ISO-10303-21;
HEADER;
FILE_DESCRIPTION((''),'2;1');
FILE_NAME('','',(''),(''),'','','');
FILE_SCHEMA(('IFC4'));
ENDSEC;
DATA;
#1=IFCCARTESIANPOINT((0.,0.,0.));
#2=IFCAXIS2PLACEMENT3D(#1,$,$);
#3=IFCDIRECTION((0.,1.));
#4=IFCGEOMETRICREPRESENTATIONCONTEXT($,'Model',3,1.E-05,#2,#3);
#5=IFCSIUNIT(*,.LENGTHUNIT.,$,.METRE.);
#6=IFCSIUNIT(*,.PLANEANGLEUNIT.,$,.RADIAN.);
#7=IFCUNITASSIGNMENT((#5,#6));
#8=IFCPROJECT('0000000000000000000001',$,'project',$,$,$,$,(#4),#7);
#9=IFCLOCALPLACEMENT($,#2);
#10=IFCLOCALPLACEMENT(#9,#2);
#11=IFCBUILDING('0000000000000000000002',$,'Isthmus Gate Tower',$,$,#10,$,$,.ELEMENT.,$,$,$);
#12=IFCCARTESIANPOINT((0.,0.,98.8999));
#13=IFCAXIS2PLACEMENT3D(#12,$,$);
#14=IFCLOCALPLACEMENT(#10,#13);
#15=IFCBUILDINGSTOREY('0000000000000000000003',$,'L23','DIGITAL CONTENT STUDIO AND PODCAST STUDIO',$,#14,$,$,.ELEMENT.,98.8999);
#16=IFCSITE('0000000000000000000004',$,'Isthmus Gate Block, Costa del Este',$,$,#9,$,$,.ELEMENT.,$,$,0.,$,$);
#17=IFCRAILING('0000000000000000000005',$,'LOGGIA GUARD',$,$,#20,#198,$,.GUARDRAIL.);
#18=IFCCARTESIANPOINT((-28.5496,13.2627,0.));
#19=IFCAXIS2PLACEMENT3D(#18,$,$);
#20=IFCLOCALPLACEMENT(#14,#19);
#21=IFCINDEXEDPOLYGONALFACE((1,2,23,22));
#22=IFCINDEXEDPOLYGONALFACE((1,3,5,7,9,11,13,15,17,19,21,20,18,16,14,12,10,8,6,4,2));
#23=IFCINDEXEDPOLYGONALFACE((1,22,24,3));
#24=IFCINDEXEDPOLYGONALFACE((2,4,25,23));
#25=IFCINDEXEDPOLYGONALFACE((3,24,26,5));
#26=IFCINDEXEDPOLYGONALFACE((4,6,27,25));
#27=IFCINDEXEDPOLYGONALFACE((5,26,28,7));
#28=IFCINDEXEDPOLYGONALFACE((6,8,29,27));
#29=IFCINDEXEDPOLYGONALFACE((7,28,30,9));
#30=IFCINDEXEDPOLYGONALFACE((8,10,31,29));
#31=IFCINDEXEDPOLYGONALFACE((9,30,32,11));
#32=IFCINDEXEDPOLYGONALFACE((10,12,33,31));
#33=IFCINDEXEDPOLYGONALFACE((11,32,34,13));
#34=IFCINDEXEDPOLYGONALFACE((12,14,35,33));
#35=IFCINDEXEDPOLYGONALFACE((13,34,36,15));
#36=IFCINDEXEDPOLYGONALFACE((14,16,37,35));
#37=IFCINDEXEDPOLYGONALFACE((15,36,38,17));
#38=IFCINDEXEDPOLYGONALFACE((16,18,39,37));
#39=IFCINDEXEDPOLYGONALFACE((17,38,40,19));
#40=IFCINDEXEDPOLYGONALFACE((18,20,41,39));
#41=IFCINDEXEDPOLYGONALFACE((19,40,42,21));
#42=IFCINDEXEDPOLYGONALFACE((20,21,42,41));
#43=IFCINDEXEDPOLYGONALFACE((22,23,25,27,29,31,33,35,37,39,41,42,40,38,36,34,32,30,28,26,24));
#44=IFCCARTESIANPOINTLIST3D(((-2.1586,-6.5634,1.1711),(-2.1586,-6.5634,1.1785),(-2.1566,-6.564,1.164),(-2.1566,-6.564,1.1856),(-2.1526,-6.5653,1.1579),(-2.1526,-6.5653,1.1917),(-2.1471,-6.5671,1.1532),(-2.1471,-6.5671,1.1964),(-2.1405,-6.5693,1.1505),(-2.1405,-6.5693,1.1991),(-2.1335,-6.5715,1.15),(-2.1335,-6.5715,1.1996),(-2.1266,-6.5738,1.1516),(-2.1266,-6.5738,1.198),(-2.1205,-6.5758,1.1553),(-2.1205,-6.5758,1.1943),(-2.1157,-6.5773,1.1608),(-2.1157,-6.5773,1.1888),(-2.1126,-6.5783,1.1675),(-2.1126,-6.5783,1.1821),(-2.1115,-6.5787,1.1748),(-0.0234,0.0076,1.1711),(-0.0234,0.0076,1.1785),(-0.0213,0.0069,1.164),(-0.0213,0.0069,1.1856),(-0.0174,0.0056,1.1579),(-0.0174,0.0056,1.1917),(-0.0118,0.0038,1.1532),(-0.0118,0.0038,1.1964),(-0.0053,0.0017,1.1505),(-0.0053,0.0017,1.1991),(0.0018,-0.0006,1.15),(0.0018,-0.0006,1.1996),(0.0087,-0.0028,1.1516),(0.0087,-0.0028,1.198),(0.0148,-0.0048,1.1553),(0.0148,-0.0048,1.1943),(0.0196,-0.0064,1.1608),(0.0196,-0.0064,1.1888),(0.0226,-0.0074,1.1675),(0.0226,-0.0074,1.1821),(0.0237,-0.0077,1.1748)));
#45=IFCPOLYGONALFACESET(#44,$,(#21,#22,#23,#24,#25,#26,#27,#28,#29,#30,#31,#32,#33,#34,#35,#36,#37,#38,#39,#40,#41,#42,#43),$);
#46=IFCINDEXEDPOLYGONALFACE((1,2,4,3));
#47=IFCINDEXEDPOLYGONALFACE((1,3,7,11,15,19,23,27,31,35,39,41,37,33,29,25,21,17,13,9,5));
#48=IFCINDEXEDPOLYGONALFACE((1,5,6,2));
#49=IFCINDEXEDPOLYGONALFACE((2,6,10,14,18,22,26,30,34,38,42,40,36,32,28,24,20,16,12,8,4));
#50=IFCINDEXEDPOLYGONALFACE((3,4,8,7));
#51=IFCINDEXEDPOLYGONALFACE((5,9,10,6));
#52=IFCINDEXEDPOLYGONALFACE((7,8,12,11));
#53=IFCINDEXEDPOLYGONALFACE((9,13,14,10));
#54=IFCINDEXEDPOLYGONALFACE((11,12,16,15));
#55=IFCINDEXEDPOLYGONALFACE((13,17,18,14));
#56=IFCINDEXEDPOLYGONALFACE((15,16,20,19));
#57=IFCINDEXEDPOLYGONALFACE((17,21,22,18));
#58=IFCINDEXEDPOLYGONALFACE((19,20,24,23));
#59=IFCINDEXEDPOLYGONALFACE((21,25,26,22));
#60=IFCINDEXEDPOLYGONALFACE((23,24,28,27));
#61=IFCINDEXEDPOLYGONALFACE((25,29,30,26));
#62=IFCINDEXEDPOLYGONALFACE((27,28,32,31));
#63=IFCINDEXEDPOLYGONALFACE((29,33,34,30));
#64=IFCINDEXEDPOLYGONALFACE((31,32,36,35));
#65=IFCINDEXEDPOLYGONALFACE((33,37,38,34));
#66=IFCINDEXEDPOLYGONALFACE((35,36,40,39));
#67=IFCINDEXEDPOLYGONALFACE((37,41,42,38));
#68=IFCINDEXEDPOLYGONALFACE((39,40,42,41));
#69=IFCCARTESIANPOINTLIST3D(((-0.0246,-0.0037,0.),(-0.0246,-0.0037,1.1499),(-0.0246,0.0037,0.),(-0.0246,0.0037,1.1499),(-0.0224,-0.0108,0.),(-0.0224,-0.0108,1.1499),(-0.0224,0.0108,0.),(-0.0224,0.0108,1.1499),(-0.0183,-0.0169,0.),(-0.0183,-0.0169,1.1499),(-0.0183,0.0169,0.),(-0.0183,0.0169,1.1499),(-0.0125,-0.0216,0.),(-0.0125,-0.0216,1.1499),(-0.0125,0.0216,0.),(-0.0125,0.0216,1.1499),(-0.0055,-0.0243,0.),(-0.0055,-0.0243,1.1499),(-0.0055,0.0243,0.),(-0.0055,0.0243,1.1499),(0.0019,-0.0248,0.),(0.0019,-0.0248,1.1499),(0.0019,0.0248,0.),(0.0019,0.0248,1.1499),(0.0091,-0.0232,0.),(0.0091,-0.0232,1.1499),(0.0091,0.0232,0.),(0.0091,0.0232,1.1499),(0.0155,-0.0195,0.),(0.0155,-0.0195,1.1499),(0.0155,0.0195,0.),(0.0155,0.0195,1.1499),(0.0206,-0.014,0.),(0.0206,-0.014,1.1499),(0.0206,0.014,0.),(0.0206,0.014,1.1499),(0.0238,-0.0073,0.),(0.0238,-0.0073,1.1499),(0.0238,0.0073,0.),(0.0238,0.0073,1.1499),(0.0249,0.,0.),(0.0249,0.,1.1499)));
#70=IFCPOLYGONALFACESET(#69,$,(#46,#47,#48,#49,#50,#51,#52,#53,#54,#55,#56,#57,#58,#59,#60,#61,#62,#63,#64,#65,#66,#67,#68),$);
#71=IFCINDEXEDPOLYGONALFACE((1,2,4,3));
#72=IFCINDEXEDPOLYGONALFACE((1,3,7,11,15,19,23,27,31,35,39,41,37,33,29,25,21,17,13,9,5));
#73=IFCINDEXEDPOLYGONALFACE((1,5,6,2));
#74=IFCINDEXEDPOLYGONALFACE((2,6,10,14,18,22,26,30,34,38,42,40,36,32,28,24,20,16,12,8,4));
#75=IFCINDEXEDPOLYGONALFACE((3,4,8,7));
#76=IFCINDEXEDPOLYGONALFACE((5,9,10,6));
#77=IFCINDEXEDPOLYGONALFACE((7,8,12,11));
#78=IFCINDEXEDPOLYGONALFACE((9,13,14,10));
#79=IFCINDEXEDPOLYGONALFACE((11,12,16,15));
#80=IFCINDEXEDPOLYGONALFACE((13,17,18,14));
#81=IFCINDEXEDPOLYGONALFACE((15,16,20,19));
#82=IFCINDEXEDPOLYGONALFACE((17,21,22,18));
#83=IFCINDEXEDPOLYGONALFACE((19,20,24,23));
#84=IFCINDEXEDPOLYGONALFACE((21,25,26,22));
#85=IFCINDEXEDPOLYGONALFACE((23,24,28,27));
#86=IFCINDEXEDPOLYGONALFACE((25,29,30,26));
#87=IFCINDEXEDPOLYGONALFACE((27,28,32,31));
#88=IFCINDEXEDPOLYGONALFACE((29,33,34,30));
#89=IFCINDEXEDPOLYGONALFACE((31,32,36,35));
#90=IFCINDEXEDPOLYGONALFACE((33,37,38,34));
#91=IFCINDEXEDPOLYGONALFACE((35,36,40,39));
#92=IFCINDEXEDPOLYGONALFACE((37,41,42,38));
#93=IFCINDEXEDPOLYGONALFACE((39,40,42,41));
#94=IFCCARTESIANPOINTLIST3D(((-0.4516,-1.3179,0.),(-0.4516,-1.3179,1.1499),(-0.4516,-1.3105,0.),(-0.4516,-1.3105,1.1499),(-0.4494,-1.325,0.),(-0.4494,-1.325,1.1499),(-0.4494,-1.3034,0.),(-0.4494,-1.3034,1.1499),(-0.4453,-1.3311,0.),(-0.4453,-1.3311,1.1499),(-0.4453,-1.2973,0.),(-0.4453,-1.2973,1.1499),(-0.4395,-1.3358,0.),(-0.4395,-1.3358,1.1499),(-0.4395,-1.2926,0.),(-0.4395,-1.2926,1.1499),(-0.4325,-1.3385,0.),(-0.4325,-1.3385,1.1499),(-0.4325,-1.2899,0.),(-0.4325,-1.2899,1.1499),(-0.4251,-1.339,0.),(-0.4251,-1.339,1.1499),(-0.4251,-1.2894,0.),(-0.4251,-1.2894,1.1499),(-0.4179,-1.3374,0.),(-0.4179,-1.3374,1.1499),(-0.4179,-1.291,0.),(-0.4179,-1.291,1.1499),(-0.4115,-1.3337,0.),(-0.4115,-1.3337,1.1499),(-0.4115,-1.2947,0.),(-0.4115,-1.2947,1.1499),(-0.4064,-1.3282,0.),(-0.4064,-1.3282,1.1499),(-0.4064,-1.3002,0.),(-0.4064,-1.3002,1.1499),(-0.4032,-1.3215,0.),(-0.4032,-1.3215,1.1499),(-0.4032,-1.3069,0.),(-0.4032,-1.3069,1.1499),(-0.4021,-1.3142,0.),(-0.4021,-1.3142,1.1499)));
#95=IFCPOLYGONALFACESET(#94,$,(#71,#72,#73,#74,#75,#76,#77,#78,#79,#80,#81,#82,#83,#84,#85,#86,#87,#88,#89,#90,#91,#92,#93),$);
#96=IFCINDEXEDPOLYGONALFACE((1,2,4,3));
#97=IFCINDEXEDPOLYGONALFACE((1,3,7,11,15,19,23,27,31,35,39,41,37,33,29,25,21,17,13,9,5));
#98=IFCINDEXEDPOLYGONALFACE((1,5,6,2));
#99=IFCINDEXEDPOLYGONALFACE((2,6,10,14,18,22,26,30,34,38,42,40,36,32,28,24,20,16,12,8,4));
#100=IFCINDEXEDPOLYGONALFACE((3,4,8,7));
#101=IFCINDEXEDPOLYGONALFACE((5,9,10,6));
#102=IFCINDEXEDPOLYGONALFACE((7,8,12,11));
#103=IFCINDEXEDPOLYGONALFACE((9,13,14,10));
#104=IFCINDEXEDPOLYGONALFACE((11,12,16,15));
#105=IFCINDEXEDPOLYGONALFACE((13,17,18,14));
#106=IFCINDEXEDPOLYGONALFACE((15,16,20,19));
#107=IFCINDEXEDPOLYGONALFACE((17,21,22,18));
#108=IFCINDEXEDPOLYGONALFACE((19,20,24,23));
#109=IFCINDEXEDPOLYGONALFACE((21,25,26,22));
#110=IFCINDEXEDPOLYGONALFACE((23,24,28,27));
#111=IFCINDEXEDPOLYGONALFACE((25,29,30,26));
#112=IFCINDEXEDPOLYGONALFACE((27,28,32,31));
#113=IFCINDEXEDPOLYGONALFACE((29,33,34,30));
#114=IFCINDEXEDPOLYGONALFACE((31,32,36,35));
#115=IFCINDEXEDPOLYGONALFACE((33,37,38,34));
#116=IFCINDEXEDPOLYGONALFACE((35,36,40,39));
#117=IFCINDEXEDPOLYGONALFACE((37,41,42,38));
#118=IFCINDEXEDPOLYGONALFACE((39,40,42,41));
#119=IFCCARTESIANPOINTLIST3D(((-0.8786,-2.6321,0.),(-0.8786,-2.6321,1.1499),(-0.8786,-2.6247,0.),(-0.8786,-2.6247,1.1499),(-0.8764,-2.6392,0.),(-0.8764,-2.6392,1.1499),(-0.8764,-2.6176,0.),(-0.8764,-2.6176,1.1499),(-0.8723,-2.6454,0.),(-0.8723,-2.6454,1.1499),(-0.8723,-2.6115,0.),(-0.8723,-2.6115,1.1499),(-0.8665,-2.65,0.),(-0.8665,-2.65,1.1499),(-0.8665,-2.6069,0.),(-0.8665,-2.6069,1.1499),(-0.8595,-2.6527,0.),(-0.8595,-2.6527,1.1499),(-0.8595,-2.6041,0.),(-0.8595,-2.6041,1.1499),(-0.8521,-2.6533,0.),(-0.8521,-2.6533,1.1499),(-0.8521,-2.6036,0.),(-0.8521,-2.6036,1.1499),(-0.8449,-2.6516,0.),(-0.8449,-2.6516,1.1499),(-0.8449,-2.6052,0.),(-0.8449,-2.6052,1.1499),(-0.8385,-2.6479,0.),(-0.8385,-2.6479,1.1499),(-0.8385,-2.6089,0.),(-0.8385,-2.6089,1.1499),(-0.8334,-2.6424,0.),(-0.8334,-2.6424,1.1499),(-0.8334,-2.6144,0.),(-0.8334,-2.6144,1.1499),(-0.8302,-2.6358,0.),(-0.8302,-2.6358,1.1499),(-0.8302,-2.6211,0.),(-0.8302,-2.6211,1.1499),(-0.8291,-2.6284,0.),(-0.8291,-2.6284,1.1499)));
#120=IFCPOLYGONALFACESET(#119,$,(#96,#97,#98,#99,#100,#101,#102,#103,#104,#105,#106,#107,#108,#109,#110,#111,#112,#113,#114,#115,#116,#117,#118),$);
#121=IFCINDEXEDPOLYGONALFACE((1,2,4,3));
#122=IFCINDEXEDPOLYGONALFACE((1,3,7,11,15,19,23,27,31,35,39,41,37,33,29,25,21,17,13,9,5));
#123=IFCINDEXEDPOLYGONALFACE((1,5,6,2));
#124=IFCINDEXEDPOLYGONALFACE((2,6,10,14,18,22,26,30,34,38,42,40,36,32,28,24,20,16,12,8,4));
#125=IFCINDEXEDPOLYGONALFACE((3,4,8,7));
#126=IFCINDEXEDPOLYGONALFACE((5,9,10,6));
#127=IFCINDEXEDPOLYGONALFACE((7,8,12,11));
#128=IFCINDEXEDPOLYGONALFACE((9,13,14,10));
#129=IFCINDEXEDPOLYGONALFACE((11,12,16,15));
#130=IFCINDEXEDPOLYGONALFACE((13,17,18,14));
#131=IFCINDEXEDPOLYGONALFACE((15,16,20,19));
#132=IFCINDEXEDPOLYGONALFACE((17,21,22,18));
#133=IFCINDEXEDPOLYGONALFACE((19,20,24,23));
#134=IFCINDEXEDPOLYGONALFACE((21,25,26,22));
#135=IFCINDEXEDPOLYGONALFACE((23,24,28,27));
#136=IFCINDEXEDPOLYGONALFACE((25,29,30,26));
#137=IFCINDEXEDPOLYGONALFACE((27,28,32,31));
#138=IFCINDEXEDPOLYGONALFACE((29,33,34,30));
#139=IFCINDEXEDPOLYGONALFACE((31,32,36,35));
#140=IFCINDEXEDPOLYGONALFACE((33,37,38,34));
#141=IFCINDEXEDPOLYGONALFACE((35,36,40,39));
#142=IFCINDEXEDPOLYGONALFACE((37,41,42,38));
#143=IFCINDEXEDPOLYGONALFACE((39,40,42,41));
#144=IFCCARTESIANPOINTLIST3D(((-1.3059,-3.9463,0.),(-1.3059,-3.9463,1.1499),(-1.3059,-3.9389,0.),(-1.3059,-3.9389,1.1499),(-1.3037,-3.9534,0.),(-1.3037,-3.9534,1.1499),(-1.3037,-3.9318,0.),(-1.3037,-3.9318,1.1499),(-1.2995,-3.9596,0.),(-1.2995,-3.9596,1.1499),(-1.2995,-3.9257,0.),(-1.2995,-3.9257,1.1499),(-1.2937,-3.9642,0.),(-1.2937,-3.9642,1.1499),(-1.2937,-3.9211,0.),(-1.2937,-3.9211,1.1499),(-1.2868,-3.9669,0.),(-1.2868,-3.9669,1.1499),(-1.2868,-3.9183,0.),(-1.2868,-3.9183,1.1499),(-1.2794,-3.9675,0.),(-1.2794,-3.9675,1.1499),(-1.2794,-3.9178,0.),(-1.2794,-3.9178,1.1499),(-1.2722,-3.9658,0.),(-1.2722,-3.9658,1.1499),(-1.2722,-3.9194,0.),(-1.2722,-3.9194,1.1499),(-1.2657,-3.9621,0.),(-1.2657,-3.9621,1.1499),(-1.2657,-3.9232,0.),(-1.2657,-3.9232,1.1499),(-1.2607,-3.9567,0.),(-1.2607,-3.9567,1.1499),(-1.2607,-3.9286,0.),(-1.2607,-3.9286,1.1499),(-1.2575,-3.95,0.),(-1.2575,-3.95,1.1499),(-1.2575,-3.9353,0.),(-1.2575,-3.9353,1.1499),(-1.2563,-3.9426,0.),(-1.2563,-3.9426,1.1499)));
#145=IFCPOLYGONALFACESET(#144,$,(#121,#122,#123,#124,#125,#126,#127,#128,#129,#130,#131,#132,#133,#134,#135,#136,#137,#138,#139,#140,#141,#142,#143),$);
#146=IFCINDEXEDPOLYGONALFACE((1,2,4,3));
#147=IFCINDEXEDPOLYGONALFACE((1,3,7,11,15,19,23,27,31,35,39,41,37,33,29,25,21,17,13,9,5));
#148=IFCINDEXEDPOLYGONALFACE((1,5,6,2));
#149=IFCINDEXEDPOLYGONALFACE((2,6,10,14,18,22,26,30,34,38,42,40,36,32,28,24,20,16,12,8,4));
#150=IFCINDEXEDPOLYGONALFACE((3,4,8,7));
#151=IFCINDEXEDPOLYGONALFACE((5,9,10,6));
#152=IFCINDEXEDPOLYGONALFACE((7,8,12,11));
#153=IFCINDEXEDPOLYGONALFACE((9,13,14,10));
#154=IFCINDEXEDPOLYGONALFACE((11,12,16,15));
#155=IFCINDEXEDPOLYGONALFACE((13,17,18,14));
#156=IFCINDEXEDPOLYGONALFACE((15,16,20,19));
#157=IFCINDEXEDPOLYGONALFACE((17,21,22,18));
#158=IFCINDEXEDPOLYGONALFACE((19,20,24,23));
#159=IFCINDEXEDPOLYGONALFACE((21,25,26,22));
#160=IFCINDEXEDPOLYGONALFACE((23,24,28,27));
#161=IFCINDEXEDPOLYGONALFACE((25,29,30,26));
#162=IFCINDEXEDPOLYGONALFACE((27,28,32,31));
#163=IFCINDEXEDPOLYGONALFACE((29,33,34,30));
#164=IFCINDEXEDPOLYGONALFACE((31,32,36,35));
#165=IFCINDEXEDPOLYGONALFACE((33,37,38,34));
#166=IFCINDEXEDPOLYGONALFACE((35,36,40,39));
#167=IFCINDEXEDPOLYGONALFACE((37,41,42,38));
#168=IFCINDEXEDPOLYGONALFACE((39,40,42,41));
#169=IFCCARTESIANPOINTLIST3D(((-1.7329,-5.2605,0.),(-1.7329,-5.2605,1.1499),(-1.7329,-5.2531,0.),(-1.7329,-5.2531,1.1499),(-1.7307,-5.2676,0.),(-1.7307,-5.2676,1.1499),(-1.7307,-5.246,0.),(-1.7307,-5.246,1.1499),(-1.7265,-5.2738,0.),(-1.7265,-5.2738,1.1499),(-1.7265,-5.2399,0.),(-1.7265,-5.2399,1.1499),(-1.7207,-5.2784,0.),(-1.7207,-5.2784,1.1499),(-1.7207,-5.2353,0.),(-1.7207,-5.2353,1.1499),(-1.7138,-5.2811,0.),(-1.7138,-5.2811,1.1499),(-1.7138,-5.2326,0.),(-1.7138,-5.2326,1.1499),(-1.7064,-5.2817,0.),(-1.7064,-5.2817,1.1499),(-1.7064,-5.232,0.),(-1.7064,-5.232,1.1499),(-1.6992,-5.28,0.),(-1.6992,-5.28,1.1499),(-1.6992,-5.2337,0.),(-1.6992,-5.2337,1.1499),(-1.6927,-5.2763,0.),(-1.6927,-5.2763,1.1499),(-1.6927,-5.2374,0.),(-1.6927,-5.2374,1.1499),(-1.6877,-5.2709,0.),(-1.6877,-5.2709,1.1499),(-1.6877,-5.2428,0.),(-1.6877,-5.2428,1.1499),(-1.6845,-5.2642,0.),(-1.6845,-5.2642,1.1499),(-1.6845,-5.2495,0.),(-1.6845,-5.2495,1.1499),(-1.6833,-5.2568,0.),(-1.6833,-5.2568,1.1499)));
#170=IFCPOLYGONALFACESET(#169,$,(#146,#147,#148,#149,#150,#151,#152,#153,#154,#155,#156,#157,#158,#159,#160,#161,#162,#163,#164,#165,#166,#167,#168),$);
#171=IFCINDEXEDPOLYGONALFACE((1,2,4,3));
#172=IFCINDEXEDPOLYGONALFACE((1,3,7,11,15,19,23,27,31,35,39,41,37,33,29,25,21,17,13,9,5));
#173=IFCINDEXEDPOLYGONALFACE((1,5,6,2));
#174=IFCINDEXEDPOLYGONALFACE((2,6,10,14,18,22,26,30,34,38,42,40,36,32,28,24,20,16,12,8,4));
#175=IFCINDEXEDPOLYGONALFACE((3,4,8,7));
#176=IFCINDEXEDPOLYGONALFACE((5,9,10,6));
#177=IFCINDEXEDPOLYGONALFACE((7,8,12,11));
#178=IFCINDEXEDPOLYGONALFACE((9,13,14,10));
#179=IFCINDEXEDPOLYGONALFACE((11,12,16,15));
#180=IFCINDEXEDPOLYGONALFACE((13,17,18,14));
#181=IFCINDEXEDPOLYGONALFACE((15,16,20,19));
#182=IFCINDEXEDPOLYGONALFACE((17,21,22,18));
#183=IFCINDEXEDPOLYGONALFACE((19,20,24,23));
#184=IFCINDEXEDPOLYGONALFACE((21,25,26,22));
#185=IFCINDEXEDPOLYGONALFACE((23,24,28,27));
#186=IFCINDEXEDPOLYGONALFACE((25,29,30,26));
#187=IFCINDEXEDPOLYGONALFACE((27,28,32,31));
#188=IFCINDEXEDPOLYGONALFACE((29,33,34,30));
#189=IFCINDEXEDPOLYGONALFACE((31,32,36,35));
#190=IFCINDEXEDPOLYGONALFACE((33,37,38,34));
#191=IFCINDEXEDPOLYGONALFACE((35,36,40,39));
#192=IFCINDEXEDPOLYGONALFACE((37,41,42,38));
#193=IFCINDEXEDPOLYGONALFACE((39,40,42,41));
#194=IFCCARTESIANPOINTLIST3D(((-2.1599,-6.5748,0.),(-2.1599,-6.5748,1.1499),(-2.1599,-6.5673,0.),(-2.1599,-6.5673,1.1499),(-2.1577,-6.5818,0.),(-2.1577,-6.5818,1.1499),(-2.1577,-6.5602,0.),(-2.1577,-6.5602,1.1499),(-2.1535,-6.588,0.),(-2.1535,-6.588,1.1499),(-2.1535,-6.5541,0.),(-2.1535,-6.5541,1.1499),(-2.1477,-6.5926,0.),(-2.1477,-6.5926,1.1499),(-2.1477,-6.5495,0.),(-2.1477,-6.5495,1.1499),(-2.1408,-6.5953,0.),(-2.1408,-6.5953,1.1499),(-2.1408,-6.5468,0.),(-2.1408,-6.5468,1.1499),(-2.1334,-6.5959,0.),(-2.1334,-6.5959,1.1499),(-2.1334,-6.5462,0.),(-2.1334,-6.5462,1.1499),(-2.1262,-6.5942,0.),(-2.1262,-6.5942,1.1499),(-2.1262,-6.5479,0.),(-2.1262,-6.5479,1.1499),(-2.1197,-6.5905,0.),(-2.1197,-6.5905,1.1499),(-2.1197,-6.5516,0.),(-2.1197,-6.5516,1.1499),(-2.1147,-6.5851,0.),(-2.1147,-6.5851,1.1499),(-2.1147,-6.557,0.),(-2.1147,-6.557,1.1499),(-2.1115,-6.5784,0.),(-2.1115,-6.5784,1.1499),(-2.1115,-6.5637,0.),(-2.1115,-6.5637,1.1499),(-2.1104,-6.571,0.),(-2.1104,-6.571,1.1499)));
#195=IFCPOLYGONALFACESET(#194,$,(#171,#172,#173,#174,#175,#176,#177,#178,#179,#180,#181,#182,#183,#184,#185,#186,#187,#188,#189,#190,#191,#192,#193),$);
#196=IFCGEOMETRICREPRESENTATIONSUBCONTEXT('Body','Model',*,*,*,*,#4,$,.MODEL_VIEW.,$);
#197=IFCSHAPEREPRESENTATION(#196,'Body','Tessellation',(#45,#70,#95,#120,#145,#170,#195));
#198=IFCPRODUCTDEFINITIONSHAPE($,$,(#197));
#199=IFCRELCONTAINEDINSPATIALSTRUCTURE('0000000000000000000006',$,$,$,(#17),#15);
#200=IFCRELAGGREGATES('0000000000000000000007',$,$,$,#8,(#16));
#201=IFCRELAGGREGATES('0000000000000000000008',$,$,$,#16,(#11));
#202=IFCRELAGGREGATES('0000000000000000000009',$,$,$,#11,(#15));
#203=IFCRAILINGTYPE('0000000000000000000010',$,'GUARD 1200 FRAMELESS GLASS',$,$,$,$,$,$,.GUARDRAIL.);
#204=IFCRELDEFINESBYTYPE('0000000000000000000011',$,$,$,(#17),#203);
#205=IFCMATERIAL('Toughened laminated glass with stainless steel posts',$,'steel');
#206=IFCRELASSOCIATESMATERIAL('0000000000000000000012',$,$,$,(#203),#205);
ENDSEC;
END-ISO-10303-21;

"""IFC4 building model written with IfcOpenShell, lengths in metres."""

from ifc_helpers import new_model, si_unit, direction, frame, origin, origin_2d, place, context, subcontext, project, spatial, circle, extrude, material, type_object, element, save


model = new_model("IFC4")

# Units and contexts
model_context = context("Model", 3, precision=1e-05, world=origin(), true_north=direction((0.0, 1.0)))
body_context = subcontext(model_context, "Body", "Model", "MODEL_VIEW")
ifc_project = project(units=[si_unit("LENGTHUNIT", "METRE"), si_unit("PLANEANGLEUNIT", "RADIAN")], contexts=[model_context])

# Site, building, storey
site_placement = place(None, origin())
site = spatial("IfcSite", under=ifc_project, at=site_placement, Name="Isthmus Gate Block, Costa del Este", CompositionType="ELEMENT", RefElevation=0.0)
building_placement = place(site_placement, origin())
building = spatial("IfcBuilding", under=site, at=building_placement, Name="Isthmus Gate Tower", CompositionType="ELEMENT")
storey_placement = place(building_placement, frame((0.0, 0.0, 98.8999)))
storey = spatial("IfcBuildingStorey", under=building, at=storey_placement, Name="L23", Description="DIGITAL CONTENT STUDIO AND PODCAST STUDIO", CompositionType="ELEMENT", Elevation=98.8999)

# Railing
ifc_material_1 = material(Name="Toughened laminated glass with stainless steel posts", Category="steel")
railing_type = type_object("IfcRailingType", Name="GUARD 1200 FRAMELESS GLASS", PredefinedType="GUARDRAIL", material=ifc_material_1)
railing_placement = place(storey_placement, frame((-28.5496, 13.2627, 0.0)))
element("IfcRailing", 1, at=railing_placement, inside=storey, type_object=railing_type, Name="LOGGIA GUARD", PredefinedType="GUARDRAIL", context=body_context, shape_type="SweptSolid", body=[
    extrude(circle(Radius=0.0249, at=origin_2d()), frame((0.0, 0.0, 1.1748), z_axis=(-0.309042, -0.951048, 0.0), x_axis=(0.951048, -0.309042, 0.0)), (0.0, 0.0, 1.0), 6.9092),
    extrude(circle(Radius=0.0249, at=origin_2d()), origin(), (0.0, 0.0, 1.0), 1.1499),
    extrude(circle(Radius=0.0249, at=origin_2d()), frame((-0.427, -1.3142, 0.0)), (0.0, 0.0, 1.0), 1.1499),
    extrude(circle(Radius=0.0249, at=origin_2d()), frame((-0.854, -2.6284, 0.0)), (0.0, 0.0, 1.0), 1.1499),
    extrude(circle(Radius=0.0249, at=origin_2d()), frame((-1.2812, -3.9426, 0.0)), (0.0, 0.0, 1.0), 1.1499),
    extrude(circle(Radius=0.0249, at=origin_2d()), frame((-1.7083, -5.2568, 0.0)), (0.0, 0.0, 1.0), 1.1499),
    extrude(circle(Radius=0.0249, at=origin_2d()), frame((-2.1353, -6.571, 0.0)), (0.0, 0.0, 1.0), 1.1499),
])

save(model, "model.ifc")
